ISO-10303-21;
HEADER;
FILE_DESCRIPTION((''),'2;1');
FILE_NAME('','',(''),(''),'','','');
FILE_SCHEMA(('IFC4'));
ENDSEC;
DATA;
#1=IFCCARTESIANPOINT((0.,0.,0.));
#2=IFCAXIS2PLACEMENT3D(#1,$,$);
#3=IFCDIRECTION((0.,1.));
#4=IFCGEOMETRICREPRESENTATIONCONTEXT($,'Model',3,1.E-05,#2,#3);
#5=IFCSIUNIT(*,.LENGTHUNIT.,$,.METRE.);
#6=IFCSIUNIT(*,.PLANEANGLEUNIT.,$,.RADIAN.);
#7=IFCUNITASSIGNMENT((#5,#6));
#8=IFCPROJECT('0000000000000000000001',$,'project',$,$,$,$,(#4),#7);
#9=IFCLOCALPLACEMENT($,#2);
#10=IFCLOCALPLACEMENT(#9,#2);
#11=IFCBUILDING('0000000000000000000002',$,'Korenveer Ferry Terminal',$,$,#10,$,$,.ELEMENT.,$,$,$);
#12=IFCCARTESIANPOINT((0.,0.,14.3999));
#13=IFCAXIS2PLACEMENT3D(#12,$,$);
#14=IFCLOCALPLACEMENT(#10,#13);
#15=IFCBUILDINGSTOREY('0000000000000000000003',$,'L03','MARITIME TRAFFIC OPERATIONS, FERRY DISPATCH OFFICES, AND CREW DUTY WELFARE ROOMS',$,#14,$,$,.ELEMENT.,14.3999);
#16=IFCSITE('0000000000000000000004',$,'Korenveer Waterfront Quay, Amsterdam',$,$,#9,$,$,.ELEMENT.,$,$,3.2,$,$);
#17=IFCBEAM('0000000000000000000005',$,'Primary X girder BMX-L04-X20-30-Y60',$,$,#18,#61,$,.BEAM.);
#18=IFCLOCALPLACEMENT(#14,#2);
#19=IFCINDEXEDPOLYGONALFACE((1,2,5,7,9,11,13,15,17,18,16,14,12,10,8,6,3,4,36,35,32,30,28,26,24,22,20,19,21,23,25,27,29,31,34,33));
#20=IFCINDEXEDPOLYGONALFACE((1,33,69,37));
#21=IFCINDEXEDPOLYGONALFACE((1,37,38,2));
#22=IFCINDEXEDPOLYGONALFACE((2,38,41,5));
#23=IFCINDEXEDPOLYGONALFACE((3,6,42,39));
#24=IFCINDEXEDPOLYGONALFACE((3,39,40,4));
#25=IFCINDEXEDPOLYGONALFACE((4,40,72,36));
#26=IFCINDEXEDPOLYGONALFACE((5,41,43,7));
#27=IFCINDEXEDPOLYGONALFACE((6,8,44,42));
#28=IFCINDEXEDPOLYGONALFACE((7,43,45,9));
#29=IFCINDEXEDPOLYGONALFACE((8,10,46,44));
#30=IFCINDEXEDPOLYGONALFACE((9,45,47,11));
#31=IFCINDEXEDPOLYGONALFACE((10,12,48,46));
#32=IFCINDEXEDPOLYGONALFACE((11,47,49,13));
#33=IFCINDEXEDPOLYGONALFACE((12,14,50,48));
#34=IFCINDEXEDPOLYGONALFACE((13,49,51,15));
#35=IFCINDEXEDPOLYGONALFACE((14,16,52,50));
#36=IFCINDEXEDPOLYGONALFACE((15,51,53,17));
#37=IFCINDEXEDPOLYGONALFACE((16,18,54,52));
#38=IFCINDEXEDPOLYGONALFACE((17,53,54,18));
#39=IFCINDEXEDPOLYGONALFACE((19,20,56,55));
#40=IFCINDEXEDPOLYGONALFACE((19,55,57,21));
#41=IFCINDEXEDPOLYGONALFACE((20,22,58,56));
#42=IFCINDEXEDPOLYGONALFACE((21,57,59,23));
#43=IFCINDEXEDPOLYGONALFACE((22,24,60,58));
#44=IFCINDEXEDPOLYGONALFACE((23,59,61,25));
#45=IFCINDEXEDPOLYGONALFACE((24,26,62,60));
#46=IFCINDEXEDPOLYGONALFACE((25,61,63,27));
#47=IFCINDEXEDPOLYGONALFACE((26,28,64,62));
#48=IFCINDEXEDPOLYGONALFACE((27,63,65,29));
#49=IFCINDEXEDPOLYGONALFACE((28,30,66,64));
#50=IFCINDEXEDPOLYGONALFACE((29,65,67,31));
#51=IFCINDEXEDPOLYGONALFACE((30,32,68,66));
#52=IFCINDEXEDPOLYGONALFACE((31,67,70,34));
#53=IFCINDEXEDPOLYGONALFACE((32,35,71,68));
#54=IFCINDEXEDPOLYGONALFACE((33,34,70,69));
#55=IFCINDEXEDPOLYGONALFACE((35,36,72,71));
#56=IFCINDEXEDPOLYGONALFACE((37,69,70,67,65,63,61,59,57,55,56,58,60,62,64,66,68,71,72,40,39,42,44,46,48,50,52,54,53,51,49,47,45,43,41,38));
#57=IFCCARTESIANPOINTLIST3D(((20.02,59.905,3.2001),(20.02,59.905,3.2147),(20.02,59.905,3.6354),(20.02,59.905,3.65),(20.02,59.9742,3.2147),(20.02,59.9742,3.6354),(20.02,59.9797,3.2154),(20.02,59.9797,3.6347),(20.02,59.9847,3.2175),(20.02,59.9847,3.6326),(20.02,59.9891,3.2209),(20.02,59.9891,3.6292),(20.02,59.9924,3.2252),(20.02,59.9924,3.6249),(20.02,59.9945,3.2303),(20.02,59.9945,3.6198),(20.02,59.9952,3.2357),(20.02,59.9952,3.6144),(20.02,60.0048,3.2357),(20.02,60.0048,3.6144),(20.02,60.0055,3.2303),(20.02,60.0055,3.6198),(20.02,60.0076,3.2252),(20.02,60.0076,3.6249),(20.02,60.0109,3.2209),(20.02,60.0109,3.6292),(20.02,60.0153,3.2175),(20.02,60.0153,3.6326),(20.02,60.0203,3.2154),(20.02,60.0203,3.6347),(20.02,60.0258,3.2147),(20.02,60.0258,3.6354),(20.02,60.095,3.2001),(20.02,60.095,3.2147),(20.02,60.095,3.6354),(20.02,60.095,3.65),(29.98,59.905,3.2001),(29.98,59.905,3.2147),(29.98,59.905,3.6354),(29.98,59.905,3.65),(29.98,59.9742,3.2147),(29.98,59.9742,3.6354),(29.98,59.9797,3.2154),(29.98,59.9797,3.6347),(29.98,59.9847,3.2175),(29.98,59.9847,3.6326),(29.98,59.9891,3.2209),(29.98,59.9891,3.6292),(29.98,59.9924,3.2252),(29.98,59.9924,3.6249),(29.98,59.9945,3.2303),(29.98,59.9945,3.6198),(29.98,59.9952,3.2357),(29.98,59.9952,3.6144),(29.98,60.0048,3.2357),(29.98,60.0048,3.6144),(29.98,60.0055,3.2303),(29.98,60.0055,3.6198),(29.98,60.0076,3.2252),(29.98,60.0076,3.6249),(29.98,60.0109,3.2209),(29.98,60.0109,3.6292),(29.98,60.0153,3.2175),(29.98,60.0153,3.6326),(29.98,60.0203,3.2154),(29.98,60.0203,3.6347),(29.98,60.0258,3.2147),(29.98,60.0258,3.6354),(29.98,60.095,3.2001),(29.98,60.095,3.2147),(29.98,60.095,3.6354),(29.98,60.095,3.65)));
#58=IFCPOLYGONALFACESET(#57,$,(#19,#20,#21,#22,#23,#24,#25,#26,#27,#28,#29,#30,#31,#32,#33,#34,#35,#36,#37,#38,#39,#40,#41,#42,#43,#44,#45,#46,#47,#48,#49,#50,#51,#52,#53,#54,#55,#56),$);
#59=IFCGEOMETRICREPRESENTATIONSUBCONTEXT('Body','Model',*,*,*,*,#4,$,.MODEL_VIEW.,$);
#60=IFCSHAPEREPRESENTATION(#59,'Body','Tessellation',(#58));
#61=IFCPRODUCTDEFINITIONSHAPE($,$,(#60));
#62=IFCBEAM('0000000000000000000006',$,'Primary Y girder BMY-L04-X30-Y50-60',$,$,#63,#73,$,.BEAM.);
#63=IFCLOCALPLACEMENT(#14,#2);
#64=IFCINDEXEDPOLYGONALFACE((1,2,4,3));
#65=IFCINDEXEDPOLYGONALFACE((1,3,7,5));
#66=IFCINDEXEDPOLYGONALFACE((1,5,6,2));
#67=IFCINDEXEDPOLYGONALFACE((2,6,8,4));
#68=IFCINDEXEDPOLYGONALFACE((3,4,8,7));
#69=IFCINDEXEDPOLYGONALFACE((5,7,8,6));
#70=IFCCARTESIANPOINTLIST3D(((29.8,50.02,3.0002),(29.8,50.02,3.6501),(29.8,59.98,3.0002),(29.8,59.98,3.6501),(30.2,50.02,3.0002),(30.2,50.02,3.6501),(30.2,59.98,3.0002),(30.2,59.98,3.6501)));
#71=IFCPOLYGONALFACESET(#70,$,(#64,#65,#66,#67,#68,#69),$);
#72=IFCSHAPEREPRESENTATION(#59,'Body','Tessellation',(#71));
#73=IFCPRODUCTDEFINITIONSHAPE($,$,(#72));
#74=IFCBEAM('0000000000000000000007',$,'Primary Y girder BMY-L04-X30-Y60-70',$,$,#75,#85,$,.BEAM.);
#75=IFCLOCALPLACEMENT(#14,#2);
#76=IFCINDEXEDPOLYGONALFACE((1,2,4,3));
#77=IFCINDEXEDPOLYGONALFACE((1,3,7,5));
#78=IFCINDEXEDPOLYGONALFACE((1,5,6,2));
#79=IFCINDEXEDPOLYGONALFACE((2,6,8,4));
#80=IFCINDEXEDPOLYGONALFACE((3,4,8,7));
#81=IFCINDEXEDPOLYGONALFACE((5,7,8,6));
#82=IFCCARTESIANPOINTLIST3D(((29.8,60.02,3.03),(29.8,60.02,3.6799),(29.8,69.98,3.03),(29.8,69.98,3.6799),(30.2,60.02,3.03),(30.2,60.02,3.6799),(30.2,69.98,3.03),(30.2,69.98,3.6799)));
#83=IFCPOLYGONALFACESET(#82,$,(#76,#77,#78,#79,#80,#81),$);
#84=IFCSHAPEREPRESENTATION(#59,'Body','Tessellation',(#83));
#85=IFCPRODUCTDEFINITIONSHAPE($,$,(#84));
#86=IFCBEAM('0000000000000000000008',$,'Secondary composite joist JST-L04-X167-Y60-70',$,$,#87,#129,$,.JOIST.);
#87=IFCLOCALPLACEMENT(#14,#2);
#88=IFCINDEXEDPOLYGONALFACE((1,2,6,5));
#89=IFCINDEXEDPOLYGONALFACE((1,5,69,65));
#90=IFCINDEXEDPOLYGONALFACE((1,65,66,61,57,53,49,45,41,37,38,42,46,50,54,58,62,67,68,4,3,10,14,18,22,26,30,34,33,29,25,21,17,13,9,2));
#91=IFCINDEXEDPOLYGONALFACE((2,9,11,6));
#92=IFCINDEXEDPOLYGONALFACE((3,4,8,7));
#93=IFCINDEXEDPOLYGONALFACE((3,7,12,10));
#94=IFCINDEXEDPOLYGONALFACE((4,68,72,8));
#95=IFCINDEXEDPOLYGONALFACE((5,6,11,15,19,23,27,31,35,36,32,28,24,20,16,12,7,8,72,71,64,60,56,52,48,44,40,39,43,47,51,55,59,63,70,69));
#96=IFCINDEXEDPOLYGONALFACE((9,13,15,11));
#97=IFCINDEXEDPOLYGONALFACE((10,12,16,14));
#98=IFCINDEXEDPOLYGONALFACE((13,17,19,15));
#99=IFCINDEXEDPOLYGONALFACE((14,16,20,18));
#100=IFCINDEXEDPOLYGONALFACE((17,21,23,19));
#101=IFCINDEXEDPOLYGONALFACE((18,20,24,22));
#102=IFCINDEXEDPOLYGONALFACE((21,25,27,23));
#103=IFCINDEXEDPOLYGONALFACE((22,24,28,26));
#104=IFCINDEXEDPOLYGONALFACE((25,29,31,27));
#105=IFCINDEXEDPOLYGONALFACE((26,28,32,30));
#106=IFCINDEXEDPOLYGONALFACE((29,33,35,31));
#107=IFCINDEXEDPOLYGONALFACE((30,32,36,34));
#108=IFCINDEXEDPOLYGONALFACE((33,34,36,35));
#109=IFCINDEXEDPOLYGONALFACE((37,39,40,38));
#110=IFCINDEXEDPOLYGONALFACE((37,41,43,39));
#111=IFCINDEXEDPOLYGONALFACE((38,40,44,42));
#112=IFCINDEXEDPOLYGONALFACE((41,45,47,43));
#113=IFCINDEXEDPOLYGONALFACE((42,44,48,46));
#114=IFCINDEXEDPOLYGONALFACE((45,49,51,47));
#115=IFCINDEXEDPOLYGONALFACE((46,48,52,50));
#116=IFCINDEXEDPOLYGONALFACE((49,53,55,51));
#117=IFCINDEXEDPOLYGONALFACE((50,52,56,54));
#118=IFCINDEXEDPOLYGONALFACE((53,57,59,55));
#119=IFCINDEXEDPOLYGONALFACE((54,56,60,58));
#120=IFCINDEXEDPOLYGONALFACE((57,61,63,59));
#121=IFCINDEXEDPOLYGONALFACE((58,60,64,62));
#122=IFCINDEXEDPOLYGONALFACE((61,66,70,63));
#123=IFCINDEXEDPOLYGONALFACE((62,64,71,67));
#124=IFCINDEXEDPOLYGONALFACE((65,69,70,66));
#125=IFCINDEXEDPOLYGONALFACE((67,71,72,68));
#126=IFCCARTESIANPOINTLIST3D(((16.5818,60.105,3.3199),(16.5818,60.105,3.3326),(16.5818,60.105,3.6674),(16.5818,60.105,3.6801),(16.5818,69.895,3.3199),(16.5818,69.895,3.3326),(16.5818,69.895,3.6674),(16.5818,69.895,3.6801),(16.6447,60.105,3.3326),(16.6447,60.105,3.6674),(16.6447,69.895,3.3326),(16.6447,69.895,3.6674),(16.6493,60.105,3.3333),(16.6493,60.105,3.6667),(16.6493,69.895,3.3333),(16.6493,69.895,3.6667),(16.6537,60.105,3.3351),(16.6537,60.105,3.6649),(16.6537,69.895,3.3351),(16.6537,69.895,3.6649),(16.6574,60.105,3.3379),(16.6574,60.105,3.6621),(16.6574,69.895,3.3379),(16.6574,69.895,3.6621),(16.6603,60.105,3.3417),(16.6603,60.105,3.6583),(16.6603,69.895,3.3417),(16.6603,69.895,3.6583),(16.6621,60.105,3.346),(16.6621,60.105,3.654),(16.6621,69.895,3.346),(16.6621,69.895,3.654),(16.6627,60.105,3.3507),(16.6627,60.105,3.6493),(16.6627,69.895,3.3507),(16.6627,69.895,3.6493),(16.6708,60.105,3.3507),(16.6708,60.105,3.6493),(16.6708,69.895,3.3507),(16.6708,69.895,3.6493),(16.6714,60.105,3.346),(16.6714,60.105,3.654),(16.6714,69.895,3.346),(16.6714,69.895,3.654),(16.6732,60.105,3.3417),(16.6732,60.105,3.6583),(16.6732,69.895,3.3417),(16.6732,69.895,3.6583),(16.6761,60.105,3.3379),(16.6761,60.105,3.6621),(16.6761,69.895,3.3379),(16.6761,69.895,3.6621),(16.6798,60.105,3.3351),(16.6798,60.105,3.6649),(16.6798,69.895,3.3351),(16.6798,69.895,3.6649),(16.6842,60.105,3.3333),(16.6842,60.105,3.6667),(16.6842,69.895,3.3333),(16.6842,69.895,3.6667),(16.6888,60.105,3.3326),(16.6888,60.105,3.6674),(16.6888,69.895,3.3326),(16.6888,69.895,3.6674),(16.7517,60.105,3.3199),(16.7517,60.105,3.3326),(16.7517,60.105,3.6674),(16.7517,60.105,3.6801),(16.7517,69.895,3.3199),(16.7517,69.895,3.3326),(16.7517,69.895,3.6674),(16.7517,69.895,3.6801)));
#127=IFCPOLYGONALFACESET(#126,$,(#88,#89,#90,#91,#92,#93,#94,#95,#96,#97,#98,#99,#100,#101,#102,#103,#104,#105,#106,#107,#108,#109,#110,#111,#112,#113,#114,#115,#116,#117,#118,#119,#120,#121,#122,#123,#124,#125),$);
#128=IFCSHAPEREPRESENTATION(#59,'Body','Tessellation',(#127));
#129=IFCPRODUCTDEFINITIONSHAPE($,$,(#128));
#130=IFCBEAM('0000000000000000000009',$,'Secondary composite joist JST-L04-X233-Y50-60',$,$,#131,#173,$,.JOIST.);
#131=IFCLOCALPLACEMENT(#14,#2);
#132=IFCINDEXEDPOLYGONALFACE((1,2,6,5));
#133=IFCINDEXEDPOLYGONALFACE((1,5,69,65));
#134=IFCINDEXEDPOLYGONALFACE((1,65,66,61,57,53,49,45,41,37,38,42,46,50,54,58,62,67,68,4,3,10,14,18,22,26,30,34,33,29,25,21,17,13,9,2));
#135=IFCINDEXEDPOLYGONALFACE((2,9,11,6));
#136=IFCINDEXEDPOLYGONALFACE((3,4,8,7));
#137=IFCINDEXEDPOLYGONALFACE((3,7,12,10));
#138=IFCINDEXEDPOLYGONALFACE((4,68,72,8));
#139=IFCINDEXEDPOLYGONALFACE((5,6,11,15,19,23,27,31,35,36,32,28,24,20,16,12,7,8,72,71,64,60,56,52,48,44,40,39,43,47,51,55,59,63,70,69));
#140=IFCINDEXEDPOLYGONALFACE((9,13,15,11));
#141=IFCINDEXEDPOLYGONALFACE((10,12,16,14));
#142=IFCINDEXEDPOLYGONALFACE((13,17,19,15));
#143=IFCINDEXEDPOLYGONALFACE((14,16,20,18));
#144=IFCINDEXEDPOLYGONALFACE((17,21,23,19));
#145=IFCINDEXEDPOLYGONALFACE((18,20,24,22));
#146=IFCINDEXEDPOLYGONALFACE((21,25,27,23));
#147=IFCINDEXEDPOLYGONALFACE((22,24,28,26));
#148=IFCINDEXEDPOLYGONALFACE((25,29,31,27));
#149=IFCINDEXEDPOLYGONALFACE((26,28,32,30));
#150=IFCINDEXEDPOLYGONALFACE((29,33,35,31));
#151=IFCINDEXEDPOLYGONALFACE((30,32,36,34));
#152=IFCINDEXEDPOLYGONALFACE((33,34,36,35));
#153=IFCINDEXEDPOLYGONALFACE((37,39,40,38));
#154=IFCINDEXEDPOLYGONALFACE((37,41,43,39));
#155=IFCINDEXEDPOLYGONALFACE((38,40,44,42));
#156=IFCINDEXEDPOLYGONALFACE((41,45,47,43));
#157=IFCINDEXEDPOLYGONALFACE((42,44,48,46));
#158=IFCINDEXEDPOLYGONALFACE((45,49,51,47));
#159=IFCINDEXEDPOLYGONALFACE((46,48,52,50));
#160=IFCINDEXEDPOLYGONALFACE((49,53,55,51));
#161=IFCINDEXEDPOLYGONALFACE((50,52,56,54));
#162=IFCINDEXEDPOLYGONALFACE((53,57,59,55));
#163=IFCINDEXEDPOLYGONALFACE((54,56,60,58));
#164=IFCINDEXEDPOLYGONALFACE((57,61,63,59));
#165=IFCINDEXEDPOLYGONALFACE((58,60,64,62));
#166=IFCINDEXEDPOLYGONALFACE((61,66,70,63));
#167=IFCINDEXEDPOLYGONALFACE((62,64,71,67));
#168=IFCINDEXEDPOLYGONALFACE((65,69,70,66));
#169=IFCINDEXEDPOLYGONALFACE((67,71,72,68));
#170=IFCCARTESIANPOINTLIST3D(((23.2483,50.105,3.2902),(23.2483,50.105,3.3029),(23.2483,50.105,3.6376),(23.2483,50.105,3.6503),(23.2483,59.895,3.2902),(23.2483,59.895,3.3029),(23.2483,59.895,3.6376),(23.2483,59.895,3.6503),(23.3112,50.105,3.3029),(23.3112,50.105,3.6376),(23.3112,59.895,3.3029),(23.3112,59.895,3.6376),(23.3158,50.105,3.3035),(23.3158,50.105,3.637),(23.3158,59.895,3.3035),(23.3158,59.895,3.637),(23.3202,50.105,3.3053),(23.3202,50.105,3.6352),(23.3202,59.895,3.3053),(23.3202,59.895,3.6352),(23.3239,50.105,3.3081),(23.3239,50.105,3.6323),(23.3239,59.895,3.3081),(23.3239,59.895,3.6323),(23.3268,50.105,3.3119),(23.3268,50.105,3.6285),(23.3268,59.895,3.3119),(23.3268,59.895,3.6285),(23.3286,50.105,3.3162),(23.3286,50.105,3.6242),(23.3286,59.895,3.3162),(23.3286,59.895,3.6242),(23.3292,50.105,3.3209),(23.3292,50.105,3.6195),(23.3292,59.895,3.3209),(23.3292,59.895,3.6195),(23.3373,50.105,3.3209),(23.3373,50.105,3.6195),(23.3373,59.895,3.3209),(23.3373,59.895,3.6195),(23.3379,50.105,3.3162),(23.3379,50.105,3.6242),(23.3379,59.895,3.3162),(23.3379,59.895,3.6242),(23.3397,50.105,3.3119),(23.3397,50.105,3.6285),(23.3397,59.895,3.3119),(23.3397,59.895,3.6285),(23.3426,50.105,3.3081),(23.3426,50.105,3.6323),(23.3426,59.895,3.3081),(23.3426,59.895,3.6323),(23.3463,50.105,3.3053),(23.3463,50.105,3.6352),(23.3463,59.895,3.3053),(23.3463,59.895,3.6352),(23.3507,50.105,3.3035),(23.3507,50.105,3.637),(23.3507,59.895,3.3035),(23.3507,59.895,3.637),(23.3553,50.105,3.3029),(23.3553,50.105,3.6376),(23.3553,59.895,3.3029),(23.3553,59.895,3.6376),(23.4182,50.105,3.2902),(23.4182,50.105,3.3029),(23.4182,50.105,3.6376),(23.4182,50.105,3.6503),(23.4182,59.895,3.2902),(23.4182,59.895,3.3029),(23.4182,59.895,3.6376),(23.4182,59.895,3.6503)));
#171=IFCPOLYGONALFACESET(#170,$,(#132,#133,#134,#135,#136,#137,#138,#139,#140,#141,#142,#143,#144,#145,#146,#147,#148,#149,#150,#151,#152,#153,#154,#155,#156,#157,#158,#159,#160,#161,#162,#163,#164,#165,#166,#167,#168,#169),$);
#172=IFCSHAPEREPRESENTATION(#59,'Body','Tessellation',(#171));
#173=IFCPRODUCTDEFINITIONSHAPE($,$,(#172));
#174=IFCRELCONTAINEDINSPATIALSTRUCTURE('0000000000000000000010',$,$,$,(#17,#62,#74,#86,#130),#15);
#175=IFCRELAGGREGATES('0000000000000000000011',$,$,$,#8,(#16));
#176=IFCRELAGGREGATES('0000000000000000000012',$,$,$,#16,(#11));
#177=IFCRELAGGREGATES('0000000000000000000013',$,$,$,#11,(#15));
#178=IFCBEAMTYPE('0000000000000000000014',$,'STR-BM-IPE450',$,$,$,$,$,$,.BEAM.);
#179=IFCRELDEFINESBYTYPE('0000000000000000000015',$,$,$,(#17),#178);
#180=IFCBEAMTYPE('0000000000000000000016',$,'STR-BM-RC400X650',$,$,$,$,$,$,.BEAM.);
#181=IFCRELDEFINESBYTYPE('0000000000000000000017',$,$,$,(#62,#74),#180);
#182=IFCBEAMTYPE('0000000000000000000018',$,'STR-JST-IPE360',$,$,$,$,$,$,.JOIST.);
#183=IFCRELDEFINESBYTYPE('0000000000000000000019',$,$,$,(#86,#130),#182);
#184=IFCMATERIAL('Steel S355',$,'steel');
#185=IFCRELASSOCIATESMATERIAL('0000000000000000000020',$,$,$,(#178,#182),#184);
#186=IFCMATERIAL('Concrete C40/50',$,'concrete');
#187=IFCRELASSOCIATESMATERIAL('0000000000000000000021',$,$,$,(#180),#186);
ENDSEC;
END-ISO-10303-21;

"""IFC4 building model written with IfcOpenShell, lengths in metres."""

from ifc_helpers import new_model, si_unit, direction, frame, origin, origin_2d, place, context, subcontext, project, spatial, rectangle, i_section, extrude, material, material_profile, profile_set, type_object, element, save


model = new_model("IFC4")

# Units and contexts
model_context = context("Model", 3, precision=1e-05, world=origin(), true_north=direction((0.0, 1.0)))
body_context = subcontext(model_context, "Body", "Model", "MODEL_VIEW")
ifc_project = project(units=[si_unit("LENGTHUNIT", "METRE"), si_unit("PLANEANGLEUNIT", "RADIAN")], contexts=[model_context])

# Site, building, storey
site_placement = place(None, origin())
site = spatial("IfcSite", under=ifc_project, at=site_placement, Name="Korenveer Waterfront Quay, Amsterdam", CompositionType="ELEMENT", RefElevation=3.2)
building_placement = place(site_placement, origin())
building = spatial("IfcBuilding", under=site, at=building_placement, Name="Korenveer Ferry Terminal", CompositionType="ELEMENT")
storey_placement = place(building_placement, frame((0.0, 0.0, 14.3999)))
storey = spatial("IfcBuildingStorey", under=building, at=storey_placement, Name="L03", Description="MARITIME TRAFFIC OPERATIONS, FERRY DISPATCH OFFICES, AND CREW DUTY WELFARE ROOMS", CompositionType="ELEMENT", Elevation=14.3999)

# Beams
ifc_material_1 = material(Name="Steel S355", Category="steel")
ifc_material_profile_1 = material_profile(ifc_material_1, i_section(OverallWidth=0.1899, OverallDepth=0.45, WebThickness=0.0095, FlangeThickness=0.0146, FilletRadius=0.021, at=origin_2d()), Name="IPE 450")
ifc_profile_set_1 = profile_set([ifc_material_profile_1], Name="Steel S355")
beam_type_1 = type_object("IfcBeamType", Name="STR-BM-IPE450", PredefinedType="BEAM", material=ifc_profile_set_1)
beam_placement = place(storey_placement, frame((20.02, 60.0, 3.425), z_axis=(1.0, 0.0, 0.0), x_axis=(0.0, 1.0, 0.0)))
element("IfcBeam", 1, at=beam_placement, inside=storey, type_object=beam_type_1, Name="Primary X girder BMX-L04-X20-30-Y60", PredefinedType="BEAM", context=body_context, shape_type="SweptSolid", body=[
    extrude(i_section(OverallWidth=0.1899, OverallDepth=0.45, WebThickness=0.0095, FlangeThickness=0.0146, FilletRadius=0.021, at=origin_2d()), origin(), (0.0, 0.0, 1.0), 9.96),
])
ifc_material_2 = material(Name="Concrete C40/50", Category="concrete")
ifc_material_profile_2 = material_profile(ifc_material_2, rectangle(XDim=0.3999, YDim=0.6499, at=origin_2d()), Name="RC 400x650")
ifc_profile_set_2 = profile_set([ifc_material_profile_2], Name="Concrete C40/50")
beam_type_2 = type_object("IfcBeamType", Name="STR-BM-RC400X650", PredefinedType="BEAM", material=ifc_profile_set_2)
for number, where, z_axis, x_axis, name in (
    (2, (30.0, 50.02, 3.3252), (0.0, 1.0, 0.0), (-1.0, 0.0, 0.0), "Primary Y girder BMY-L04-X30-Y50-60"),
    (3, (30.0, 60.02, 3.355), (0.0, 1.0, 0.0), (-1.0, 0.0, 0.0), "Primary Y girder BMY-L04-X30-Y60-70"),
):
    element("IfcBeam", number, at=place(storey_placement, frame(where, z_axis=z_axis, x_axis=x_axis)), inside=storey, type_object=beam_type_2, Name=name, PredefinedType="BEAM", context=body_context, shape_type="SweptSolid", body=[
        extrude(rectangle(XDim=0.3999, YDim=0.6499, at=origin_2d()), origin(), (0.0, 0.0, 1.0), 9.96),
    ])
ifc_material_profile_3 = material_profile(ifc_material_1, i_section(OverallWidth=0.1699, OverallDepth=0.3601, WebThickness=0.0081, FlangeThickness=0.0127, FilletRadius=0.0181, at=origin_2d()), Name="IPE 360")
ifc_profile_set_3 = profile_set([ifc_material_profile_3], Name="Steel S355")
beam_type_3 = type_object("IfcBeamType", Name="STR-JST-IPE360", PredefinedType="JOIST", material=ifc_profile_set_3)
for number, where, z_axis, x_axis, name in (
    (4, (16.6667, 60.105, 3.5), (0.0, 1.0, 0.0), (-1.0, 0.0, 0.0), "Secondary composite joist JST-L04-X167-Y60-70"),
    (5, (23.3333, 50.105, 3.4702), (0.0, 1.0, 0.0), (-1.0, 0.0, 0.0), "Secondary composite joist JST-L04-X233-Y50-60"),
):
    element("IfcBeam", number, at=place(storey_placement, frame(where, z_axis=z_axis, x_axis=x_axis)), inside=storey, type_object=beam_type_3, Name=name, PredefinedType="JOIST", context=body_context, shape_type="SweptSolid", body=[
        extrude(i_section(OverallWidth=0.1699, OverallDepth=0.3601, WebThickness=0.0081, FlangeThickness=0.0127, FilletRadius=0.0181, at=origin_2d()), origin(), (0.0, 0.0, 1.0), 9.79),
    ])

save(model, "model.ifc")
